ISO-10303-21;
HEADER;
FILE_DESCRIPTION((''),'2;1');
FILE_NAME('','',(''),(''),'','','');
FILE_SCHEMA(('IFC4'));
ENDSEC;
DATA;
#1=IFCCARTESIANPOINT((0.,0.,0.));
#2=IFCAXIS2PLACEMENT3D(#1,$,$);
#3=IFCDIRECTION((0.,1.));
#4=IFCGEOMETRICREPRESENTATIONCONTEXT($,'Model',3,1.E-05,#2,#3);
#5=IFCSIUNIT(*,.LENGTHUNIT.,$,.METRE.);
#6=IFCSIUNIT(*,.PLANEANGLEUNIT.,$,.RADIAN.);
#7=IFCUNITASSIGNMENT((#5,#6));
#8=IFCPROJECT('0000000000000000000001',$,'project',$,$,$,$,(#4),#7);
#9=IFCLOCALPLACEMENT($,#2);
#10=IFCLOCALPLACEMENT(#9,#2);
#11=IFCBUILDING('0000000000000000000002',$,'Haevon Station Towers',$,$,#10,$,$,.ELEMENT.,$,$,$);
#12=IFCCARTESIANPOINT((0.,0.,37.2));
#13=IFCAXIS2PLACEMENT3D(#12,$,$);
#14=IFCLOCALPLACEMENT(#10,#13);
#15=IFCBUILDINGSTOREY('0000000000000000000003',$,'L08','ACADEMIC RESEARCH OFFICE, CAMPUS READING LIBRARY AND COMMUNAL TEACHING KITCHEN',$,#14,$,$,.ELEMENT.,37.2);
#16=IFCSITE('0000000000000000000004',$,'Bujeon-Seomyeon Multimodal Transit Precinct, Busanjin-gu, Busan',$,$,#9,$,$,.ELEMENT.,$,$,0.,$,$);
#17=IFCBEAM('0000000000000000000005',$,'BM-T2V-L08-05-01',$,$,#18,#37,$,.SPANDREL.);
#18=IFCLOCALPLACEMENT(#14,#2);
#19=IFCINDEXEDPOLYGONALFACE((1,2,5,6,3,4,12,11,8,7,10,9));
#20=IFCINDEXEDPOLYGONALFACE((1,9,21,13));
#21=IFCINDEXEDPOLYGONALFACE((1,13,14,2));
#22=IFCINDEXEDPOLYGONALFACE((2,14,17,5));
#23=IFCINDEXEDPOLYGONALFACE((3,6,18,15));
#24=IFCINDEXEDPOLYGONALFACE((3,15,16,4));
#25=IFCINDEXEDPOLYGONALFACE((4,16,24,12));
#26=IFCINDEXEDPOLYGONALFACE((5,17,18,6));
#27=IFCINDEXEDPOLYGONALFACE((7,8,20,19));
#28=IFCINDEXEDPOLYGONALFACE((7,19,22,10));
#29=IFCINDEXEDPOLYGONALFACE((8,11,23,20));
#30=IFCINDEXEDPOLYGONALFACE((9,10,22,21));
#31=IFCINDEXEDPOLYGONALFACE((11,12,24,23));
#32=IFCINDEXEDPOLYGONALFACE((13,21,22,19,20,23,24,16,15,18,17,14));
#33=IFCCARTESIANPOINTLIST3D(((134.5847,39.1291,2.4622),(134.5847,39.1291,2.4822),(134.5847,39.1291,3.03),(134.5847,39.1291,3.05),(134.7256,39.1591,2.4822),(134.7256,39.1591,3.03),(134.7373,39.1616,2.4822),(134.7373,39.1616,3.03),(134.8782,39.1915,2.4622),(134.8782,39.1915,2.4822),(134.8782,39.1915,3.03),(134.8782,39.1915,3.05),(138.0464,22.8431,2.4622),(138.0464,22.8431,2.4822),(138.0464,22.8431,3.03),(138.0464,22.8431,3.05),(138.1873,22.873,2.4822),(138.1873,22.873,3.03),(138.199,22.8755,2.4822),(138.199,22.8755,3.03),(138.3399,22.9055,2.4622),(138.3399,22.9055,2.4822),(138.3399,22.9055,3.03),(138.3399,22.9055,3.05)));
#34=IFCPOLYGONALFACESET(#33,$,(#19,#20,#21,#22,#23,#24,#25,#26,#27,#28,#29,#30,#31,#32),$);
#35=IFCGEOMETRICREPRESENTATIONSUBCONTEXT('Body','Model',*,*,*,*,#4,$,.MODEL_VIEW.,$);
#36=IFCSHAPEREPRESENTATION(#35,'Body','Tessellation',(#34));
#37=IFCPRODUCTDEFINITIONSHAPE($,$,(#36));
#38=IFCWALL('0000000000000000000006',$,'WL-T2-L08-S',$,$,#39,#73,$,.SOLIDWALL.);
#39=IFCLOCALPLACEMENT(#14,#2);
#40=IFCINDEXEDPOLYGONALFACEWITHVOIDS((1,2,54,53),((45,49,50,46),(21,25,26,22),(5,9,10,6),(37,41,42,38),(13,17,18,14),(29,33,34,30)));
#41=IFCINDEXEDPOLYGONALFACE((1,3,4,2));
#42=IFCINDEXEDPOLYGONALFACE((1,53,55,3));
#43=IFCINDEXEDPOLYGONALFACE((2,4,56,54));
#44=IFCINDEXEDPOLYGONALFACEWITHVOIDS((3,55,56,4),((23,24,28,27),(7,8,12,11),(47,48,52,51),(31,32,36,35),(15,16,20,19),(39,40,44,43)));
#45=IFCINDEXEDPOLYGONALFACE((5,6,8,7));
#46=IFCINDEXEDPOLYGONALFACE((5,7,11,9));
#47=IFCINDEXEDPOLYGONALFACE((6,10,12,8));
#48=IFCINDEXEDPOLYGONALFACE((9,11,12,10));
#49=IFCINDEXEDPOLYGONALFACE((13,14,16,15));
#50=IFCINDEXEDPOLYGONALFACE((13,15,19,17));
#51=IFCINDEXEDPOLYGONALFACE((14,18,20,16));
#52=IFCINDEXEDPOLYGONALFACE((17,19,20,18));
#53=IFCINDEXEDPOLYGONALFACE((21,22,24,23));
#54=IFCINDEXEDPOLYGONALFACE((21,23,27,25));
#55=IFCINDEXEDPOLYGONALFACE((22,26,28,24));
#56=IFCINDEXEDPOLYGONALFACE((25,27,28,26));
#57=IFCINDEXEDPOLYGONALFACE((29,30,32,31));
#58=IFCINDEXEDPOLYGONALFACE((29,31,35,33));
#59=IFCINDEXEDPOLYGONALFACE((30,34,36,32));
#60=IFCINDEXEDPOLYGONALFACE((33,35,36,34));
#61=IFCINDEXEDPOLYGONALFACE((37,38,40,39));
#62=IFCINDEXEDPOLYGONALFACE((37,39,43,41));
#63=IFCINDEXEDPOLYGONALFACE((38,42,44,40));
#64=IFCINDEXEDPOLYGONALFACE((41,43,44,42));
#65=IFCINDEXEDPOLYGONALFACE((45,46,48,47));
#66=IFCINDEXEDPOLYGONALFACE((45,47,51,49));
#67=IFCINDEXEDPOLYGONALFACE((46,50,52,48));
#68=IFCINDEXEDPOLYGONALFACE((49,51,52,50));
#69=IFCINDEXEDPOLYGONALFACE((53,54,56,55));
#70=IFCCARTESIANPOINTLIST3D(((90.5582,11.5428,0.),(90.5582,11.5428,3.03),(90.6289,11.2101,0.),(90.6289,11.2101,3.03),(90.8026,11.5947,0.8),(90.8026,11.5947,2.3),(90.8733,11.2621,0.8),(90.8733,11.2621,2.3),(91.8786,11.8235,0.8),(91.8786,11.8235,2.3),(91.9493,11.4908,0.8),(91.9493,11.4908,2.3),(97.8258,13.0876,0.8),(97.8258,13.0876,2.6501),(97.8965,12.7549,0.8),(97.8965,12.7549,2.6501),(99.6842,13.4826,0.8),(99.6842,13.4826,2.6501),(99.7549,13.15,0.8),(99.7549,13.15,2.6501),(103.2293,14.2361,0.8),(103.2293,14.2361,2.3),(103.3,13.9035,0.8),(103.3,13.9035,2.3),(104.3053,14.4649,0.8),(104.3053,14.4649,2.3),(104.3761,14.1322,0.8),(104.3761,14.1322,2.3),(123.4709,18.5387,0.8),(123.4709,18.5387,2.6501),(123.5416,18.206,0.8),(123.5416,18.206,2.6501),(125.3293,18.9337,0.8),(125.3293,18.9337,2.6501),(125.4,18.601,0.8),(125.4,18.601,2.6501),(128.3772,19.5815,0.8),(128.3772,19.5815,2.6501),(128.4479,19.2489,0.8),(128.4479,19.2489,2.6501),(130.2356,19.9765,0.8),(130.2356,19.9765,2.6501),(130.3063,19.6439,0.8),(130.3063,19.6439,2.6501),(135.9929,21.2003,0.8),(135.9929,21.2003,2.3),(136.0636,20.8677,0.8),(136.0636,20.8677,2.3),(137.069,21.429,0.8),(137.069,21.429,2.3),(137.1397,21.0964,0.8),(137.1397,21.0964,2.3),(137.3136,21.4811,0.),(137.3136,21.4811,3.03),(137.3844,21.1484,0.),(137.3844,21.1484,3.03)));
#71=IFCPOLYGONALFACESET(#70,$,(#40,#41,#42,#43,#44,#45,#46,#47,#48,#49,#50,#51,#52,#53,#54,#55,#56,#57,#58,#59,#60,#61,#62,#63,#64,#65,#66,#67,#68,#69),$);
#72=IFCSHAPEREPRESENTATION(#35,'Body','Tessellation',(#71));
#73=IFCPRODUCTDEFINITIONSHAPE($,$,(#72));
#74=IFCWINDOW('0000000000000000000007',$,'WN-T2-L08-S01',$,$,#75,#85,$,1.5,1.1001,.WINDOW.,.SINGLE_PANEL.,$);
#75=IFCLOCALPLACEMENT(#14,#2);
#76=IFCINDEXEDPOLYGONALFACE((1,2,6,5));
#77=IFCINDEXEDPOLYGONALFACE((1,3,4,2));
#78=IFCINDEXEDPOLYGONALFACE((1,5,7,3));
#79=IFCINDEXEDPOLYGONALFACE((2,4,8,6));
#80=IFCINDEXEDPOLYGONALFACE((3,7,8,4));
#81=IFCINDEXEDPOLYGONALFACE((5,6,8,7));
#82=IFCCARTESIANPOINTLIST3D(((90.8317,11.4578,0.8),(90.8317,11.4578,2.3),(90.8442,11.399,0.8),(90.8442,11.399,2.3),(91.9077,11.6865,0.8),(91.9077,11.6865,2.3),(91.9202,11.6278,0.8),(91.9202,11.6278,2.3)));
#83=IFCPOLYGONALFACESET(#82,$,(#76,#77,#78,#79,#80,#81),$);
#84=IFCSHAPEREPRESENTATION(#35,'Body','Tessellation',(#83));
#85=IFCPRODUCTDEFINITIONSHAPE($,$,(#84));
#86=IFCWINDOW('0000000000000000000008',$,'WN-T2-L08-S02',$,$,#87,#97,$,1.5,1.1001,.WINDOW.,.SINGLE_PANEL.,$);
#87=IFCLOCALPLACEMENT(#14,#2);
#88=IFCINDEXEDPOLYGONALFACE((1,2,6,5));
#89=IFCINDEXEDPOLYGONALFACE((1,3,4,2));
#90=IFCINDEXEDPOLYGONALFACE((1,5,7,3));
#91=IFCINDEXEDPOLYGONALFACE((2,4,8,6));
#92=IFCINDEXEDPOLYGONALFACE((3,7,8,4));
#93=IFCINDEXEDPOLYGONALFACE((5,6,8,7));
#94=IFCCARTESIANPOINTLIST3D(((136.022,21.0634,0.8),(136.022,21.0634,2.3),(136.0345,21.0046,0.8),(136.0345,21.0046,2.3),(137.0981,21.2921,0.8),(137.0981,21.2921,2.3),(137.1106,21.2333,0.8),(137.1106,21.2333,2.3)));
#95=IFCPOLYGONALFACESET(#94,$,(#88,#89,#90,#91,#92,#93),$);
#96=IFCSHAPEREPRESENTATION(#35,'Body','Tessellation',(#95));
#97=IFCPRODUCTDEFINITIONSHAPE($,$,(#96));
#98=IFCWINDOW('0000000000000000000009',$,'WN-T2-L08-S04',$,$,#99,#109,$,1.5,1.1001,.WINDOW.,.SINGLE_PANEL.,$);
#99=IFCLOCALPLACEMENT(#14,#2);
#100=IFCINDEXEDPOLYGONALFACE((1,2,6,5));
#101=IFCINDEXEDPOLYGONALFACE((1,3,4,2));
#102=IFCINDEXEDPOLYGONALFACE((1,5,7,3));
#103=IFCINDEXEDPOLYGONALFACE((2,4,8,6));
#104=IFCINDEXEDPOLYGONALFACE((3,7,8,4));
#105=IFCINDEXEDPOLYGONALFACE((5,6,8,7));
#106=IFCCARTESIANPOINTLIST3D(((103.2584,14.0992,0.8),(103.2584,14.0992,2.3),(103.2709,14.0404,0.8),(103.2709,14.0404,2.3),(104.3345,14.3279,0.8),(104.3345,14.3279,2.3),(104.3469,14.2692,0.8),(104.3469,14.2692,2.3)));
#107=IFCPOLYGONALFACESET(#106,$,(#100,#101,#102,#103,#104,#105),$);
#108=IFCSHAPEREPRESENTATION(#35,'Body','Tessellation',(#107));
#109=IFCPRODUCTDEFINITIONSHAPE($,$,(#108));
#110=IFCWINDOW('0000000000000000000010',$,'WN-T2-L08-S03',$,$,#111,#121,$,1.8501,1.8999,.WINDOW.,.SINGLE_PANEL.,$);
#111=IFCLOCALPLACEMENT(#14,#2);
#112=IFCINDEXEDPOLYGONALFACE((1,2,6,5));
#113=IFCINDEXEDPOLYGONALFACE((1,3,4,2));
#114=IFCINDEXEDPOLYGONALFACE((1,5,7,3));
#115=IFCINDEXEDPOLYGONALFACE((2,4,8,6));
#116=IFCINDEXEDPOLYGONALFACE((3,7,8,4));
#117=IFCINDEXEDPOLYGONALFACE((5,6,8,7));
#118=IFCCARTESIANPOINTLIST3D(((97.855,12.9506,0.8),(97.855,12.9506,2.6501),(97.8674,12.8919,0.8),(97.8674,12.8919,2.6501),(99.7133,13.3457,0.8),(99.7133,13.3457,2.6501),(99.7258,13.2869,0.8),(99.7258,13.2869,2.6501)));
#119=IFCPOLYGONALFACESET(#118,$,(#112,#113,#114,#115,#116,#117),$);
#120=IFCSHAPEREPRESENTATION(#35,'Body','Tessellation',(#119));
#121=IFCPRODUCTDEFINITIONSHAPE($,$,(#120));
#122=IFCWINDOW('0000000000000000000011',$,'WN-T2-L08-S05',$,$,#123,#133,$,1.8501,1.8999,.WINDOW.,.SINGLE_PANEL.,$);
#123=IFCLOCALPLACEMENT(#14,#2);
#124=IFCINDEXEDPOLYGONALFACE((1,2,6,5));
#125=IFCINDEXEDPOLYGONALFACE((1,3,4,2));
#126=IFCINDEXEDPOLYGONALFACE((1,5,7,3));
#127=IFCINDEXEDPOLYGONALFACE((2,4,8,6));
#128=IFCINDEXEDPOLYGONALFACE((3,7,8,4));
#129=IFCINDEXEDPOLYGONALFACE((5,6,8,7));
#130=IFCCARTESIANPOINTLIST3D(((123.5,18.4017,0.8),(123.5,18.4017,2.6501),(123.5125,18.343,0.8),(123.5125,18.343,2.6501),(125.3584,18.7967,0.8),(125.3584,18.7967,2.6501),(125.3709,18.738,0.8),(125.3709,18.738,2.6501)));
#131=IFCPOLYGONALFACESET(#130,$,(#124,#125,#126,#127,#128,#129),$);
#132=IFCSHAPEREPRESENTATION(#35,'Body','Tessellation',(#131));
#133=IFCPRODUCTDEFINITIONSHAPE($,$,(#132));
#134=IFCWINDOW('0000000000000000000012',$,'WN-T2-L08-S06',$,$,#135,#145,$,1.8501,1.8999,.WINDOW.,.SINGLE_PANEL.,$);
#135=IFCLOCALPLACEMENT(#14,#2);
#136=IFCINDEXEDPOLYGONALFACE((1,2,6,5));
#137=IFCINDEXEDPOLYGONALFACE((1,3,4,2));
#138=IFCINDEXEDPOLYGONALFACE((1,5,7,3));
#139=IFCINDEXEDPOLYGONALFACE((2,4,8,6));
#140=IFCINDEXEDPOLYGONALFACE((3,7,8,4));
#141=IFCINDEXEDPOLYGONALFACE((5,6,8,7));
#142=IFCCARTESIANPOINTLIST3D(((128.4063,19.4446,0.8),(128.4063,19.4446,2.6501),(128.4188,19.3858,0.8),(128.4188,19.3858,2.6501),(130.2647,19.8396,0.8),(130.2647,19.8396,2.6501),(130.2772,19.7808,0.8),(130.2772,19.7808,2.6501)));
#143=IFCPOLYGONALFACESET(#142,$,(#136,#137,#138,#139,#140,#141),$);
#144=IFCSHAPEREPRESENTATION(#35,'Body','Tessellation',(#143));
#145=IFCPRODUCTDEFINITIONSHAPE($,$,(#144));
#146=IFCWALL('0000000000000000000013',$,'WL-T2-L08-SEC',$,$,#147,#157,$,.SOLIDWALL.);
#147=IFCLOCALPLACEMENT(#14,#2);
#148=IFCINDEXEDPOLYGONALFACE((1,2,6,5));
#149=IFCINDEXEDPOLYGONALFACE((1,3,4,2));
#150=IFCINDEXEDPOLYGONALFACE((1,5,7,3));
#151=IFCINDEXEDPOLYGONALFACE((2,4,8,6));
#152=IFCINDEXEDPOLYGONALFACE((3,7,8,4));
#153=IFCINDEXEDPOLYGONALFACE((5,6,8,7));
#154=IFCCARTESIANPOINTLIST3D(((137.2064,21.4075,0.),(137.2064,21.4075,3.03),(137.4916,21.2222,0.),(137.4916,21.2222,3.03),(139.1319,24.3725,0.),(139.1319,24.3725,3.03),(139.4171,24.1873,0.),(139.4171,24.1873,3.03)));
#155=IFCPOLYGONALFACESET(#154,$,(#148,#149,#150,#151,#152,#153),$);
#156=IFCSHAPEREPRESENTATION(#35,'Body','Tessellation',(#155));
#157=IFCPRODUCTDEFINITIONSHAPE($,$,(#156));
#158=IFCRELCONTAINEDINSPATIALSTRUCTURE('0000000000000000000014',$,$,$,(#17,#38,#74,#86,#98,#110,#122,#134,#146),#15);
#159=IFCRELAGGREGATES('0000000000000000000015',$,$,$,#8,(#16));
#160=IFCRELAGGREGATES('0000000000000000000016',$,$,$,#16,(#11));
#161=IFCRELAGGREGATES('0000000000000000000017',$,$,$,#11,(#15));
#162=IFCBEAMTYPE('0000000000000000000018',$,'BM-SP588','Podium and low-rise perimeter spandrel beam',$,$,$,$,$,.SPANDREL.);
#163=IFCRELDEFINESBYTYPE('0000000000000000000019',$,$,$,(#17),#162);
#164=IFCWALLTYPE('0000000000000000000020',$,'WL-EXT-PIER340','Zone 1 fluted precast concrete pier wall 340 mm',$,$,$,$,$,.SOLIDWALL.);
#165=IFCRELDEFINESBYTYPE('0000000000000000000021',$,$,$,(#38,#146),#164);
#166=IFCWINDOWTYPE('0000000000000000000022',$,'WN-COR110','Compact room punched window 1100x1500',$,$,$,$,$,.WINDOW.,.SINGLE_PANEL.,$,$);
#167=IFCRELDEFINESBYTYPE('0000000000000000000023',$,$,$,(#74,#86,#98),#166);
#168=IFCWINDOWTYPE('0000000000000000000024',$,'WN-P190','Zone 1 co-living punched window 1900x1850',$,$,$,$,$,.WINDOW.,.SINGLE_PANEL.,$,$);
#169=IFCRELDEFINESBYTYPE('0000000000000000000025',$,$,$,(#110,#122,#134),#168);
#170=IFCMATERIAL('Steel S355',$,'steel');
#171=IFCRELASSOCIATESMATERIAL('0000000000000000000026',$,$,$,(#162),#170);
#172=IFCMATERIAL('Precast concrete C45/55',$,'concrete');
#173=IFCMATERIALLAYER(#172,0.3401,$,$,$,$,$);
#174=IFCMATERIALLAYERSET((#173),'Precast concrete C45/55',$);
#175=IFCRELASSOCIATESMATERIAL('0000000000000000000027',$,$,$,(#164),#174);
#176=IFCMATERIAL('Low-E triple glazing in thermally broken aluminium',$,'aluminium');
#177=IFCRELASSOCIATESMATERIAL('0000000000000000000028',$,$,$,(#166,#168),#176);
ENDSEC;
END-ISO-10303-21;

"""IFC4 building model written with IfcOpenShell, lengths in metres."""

from ifc_helpers import new_model, si_unit, direction, frame, frame_2d, origin, origin_2d, place, context, subcontext, project, spatial, rectangle, i_section, extrude, material, layer, layer_set, material_profile, profile_set, type_object, element, fill, save


model = new_model("IFC4")

# Units and contexts
model_context = context("Model", 3, precision=1e-05, world=origin(), true_north=direction((0.0, 1.0)))
body_context = subcontext(model_context, "Body", "Model", "MODEL_VIEW")
ifc_project = project(units=[si_unit("LENGTHUNIT", "METRE"), si_unit("PLANEANGLEUNIT", "RADIAN")], contexts=[model_context])

# Site, building, storey
site_placement = place(None, origin())
site = spatial("IfcSite", under=ifc_project, at=site_placement, Name="Bujeon-Seomyeon Multimodal Transit Precinct, Busanjin-gu, Busan", CompositionType="ELEMENT", RefElevation=0.0)
building_placement = place(site_placement, origin())
building = spatial("IfcBuilding", under=site, at=building_placement, Name="Haevon Station Towers", CompositionType="ELEMENT")
storey_placement = place(building_placement, frame((0.0, 0.0, 37.2)))
storey = spatial("IfcBuildingStorey", under=building, at=storey_placement, Name="L08", Description="ACADEMIC RESEARCH OFFICE, CAMPUS READING LIBRARY AND COMMUNAL TEACHING KITCHEN", CompositionType="ELEMENT", Elevation=37.2)

# Beam
ifc_material_1 = material(Name="Steel S355", Category="steel")
ifc_material_profile_1 = material_profile(ifc_material_1, i_section(OverallWidth=0.3, OverallDepth=0.5879, WebThickness=0.012, FlangeThickness=0.02, at=origin_2d()), Name="H-588x300x12x20")
ifc_profile_set_1 = profile_set([ifc_material_profile_1], Name="Steel S355")
beam_type_1 = type_object("IfcBeamType", Name="BM-SP588", Description="Podium and low-rise perimeter spandrel beam", PredefinedType="SPANDREL", material=ifc_profile_set_1)
beam_1_placement = place(storey_placement, frame((138.1931, 22.8743, 2.7561), z_axis=(-0.207909, 0.978148, 0.0), x_axis=(-0.978148, -0.207909, 0.0)))
element("IfcBeam", 1, at=beam_1_placement, inside=storey, type_object=beam_type_1, Name="BM-T2V-L08-05-01", PredefinedType="SPANDREL", context=body_context, shape_type="SweptSolid", body=[
    extrude(i_section(OverallWidth=0.3, OverallDepth=0.5879, WebThickness=0.012, FlangeThickness=0.02, at=origin_2d()), origin(), (0.0, 0.0, 1.0), 16.6499),
])

# Wall, openings, windows
ifc_material_2 = material(Name="Precast concrete C45/55", Category="concrete")
ifc_layer_1 = layer(ifc_material_2, 0.3401)
ifc_layer_set_1 = layer_set([ifc_layer_1], Name="Precast concrete C45/55")
wall_type_1 = type_object("IfcWallType", Name="WL-EXT-PIER340", Description="Zone 1 fluted precast concrete pier wall 340 mm", PredefinedType="SOLIDWALL", material=ifc_layer_set_1)
wall_1_placement = place(storey_placement, frame((137.3489, 21.3147, 0.0), z_axis=(0.0, 0.0, 1.0), x_axis=(-0.978147, -0.207913, 0.0)))
wall_1 = element("IfcWall", 2, at=wall_1_placement, inside=storey, type_object=wall_type_1, Name="WL-T2-L08-S", PredefinedType="SOLIDWALL", context=body_context, shape_type="SweptSolid", body=[
    extrude(rectangle(XDim=47.8, YDim=0.3401, at=frame_2d((23.8999, 0.0))), origin(), (0.0, 0.0, 1.0), 3.03),
])
opening_1_placement = place(wall_1_placement, frame((46.45, 0.0, 0.8)))
opening_1 = element("IfcOpeningElement", 3, at=opening_1_placement, cuts=wall_1, PredefinedType="OPENING", context=body_context, shape_type="SweptSolid", body=[
    extrude(rectangle(XDim=1.1001, YDim=1.5, at=frame_2d((0.55, 0.75))), frame((0.0, 0.1799, 0.0), z_axis=(0.0, -1.0, 0.0), x_axis=(1.0, 0.0, 0.0)), (0.0, 0.0, 1.0), 0.3601),
])
opening_2_placement = place(wall_1_placement, frame((0.25, 0.0, 0.8)))
opening_2 = element("IfcOpeningElement", 4, at=opening_2_placement, cuts=wall_1, PredefinedType="OPENING", context=body_context, shape_type="SweptSolid", body=[
    extrude(rectangle(XDim=1.1001, YDim=1.5, at=frame_2d((0.55, 0.75))), frame((0.0, 0.1799, 0.0), z_axis=(0.0, -1.0, 0.0), x_axis=(1.0, 0.0, 0.0)), (0.0, 0.0, 1.0), 0.3601),
])
opening_3_placement = place(wall_1_placement, frame((38.47, 0.0, 0.8)))
opening_3 = element("IfcOpeningElement", 5, at=opening_3_placement, cuts=wall_1, PredefinedType="OPENING", context=body_context, shape_type="SweptSolid", body=[
    extrude(rectangle(XDim=1.8999, YDim=1.8501, at=frame_2d((0.95, 0.925))), frame((0.0, 0.1799, 0.0), z_axis=(0.0, -1.0, 0.0), x_axis=(1.0, 0.0, 0.0)), (0.0, 0.0, 1.0), 0.3601),
])
opening_4_placement = place(wall_1_placement, frame((33.7456, 0.0, 0.8)))
opening_4 = element("IfcOpeningElement", 6, at=opening_4_placement, cuts=wall_1, PredefinedType="OPENING", context=body_context, shape_type="SweptSolid", body=[
    extrude(rectangle(XDim=1.1001, YDim=1.5, at=frame_2d((0.55, 0.75))), frame((0.0, 0.1799, 0.0), z_axis=(0.0, -1.0, 0.0), x_axis=(1.0, 0.0, 0.0)), (0.0, 0.0, 1.0), 0.3601),
])
opening_5_placement = place(wall_1_placement, frame((12.252, 0.0, 0.8)))
opening_5 = element("IfcOpeningElement", 7, at=opening_5_placement, cuts=wall_1, PredefinedType="OPENING", context=body_context, shape_type="SweptSolid", body=[
    extrude(rectangle(XDim=1.8999, YDim=1.8501, at=frame_2d((0.95, 0.925))), frame((0.0, 0.1799, 0.0), z_axis=(0.0, -1.0, 0.0), x_axis=(1.0, 0.0, 0.0)), (0.0, 0.0, 1.0), 0.3601),
])
opening_6_placement = place(wall_1_placement, frame((7.2361, 0.0, 0.8)))
opening_6 = element("IfcOpeningElement", 8, at=opening_6_placement, cuts=wall_1, PredefinedType="OPENING", context=body_context, shape_type="SweptSolid", body=[
    extrude(rectangle(XDim=1.8999, YDim=1.8501, at=frame_2d((0.95, 0.925))), frame((0.0, 0.1799, 0.0), z_axis=(0.0, -1.0, 0.0), x_axis=(1.0, 0.0, 0.0)), (0.0, 0.0, 1.0), 0.3601),
])
ifc_material_3 = material(Name="Low-E triple glazing in thermally broken aluminium", Category="aluminium")
window_type_1 = type_object("IfcWindowType", Name="WN-COR110", Description="Compact room punched window 1100x1500", PartitioningType="SINGLE_PANEL", PredefinedType="WINDOW", material=ifc_material_3)
window_1_placement = place(opening_1_placement, origin())
window_1 = element("IfcWindow", 9, at=window_1_placement, inside=storey, type_object=window_type_1, Name="WN-T2-L08-S01", OverallHeight=1.5, OverallWidth=1.1001, PartitioningType="SINGLE_PANEL", PredefinedType="WINDOW", context=body_context, shape_type="SweptSolid", body=[
    extrude(rectangle(XDim=1.1001, YDim=1.5, at=frame_2d((0.55, 0.75))), frame((0.0, 0.03, 0.0), z_axis=(0.0, -1.0, 0.0), x_axis=(1.0, 0.0, 0.0)), (0.0, 0.0, 1.0), 0.0601),
])
fill(opening_1, window_1)
window_2_placement = place(opening_2_placement, origin())
window_2 = element("IfcWindow", 10, at=window_2_placement, inside=storey, type_object=window_type_1, Name="WN-T2-L08-S02", OverallHeight=1.5, OverallWidth=1.1001, PartitioningType="SINGLE_PANEL", PredefinedType="WINDOW", context=body_context, shape_type="SweptSolid", body=[
    extrude(rectangle(XDim=1.1001, YDim=1.5, at=frame_2d((0.55, 0.75))), frame((0.0, 0.03, 0.0), z_axis=(0.0, -1.0, 0.0), x_axis=(1.0, 0.0, 0.0)), (0.0, 0.0, 1.0), 0.0601),
])
fill(opening_2, window_2)
window_3_placement = place(opening_4_placement, origin())
window_3 = element("IfcWindow", 11, at=window_3_placement, inside=storey, type_object=window_type_1, Name="WN-T2-L08-S04", OverallHeight=1.5, OverallWidth=1.1001, PartitioningType="SINGLE_PANEL", PredefinedType="WINDOW", context=body_context, shape_type="SweptSolid", body=[
    extrude(rectangle(XDim=1.1001, YDim=1.5, at=frame_2d((0.55, 0.75))), frame((0.0, 0.03, 0.0), z_axis=(0.0, -1.0, 0.0), x_axis=(1.0, 0.0, 0.0)), (0.0, 0.0, 1.0), 0.0601),
])
fill(opening_4, window_3)
window_type_2 = type_object("IfcWindowType", Name="WN-P190", Description="Zone 1 co-living punched window 1900x1850", PartitioningType="SINGLE_PANEL", PredefinedType="WINDOW", material=ifc_material_3)
window_4_placement = place(opening_3_placement, origin())
window_4 = element("IfcWindow", 12, at=window_4_placement, inside=storey, type_object=window_type_2, Name="WN-T2-L08-S03", OverallHeight=1.8501, OverallWidth=1.8999, PartitioningType="SINGLE_PANEL", PredefinedType="WINDOW", context=body_context, shape_type="SweptSolid", body=[
    extrude(rectangle(XDim=1.8999, YDim=1.8501, at=frame_2d((0.95, 0.925))), frame((0.0, 0.03, 0.0), z_axis=(0.0, -1.0, 0.0), x_axis=(1.0, 0.0, 0.0)), (0.0, 0.0, 1.0), 0.0601),
])
fill(opening_3, window_4)
window_5_placement = place(opening_5_placement, origin())
window_5 = element("IfcWindow", 13, at=window_5_placement, inside=storey, type_object=window_type_2, Name="WN-T2-L08-S05", OverallHeight=1.8501, OverallWidth=1.8999, PartitioningType="SINGLE_PANEL", PredefinedType="WINDOW", context=body_context, shape_type="SweptSolid", body=[
    extrude(rectangle(XDim=1.8999, YDim=1.8501, at=frame_2d((0.95, 0.925))), frame((0.0, 0.03, 0.0), z_axis=(0.0, -1.0, 0.0), x_axis=(1.0, 0.0, 0.0)), (0.0, 0.0, 1.0), 0.0601),
])
fill(opening_5, window_5)
window_6_placement = place(opening_6_placement, origin())
window_6 = element("IfcWindow", 14, at=window_6_placement, inside=storey, type_object=window_type_2, Name="WN-T2-L08-S06", OverallHeight=1.8501, OverallWidth=1.8999, PartitioningType="SINGLE_PANEL", PredefinedType="WINDOW", context=body_context, shape_type="SweptSolid", body=[
    extrude(rectangle(XDim=1.8999, YDim=1.8501, at=frame_2d((0.95, 0.925))), frame((0.0, 0.03, 0.0), z_axis=(0.0, -1.0, 0.0), x_axis=(1.0, 0.0, 0.0)), (0.0, 0.0, 1.0), 0.0601),
])
fill(opening_6, window_6)

# Wall
wall_2_placement = place(storey_placement, frame((139.2744, 24.2798, 0.0), z_axis=(0.0, 0.0, 1.0), x_axis=(-0.544636, -0.838672, 0.0)))
element("IfcWall", 15, at=wall_2_placement, inside=storey, type_object=wall_type_1, Name="WL-T2-L08-SEC", PredefinedType="SOLIDWALL", context=body_context, shape_type="SweptSolid", body=[
    extrude(rectangle(XDim=3.5354, YDim=0.3401, at=frame_2d((1.7676, 0.0))), origin(), (0.0, 0.0, 1.0), 3.03),
])

save(model, "model.ifc")
